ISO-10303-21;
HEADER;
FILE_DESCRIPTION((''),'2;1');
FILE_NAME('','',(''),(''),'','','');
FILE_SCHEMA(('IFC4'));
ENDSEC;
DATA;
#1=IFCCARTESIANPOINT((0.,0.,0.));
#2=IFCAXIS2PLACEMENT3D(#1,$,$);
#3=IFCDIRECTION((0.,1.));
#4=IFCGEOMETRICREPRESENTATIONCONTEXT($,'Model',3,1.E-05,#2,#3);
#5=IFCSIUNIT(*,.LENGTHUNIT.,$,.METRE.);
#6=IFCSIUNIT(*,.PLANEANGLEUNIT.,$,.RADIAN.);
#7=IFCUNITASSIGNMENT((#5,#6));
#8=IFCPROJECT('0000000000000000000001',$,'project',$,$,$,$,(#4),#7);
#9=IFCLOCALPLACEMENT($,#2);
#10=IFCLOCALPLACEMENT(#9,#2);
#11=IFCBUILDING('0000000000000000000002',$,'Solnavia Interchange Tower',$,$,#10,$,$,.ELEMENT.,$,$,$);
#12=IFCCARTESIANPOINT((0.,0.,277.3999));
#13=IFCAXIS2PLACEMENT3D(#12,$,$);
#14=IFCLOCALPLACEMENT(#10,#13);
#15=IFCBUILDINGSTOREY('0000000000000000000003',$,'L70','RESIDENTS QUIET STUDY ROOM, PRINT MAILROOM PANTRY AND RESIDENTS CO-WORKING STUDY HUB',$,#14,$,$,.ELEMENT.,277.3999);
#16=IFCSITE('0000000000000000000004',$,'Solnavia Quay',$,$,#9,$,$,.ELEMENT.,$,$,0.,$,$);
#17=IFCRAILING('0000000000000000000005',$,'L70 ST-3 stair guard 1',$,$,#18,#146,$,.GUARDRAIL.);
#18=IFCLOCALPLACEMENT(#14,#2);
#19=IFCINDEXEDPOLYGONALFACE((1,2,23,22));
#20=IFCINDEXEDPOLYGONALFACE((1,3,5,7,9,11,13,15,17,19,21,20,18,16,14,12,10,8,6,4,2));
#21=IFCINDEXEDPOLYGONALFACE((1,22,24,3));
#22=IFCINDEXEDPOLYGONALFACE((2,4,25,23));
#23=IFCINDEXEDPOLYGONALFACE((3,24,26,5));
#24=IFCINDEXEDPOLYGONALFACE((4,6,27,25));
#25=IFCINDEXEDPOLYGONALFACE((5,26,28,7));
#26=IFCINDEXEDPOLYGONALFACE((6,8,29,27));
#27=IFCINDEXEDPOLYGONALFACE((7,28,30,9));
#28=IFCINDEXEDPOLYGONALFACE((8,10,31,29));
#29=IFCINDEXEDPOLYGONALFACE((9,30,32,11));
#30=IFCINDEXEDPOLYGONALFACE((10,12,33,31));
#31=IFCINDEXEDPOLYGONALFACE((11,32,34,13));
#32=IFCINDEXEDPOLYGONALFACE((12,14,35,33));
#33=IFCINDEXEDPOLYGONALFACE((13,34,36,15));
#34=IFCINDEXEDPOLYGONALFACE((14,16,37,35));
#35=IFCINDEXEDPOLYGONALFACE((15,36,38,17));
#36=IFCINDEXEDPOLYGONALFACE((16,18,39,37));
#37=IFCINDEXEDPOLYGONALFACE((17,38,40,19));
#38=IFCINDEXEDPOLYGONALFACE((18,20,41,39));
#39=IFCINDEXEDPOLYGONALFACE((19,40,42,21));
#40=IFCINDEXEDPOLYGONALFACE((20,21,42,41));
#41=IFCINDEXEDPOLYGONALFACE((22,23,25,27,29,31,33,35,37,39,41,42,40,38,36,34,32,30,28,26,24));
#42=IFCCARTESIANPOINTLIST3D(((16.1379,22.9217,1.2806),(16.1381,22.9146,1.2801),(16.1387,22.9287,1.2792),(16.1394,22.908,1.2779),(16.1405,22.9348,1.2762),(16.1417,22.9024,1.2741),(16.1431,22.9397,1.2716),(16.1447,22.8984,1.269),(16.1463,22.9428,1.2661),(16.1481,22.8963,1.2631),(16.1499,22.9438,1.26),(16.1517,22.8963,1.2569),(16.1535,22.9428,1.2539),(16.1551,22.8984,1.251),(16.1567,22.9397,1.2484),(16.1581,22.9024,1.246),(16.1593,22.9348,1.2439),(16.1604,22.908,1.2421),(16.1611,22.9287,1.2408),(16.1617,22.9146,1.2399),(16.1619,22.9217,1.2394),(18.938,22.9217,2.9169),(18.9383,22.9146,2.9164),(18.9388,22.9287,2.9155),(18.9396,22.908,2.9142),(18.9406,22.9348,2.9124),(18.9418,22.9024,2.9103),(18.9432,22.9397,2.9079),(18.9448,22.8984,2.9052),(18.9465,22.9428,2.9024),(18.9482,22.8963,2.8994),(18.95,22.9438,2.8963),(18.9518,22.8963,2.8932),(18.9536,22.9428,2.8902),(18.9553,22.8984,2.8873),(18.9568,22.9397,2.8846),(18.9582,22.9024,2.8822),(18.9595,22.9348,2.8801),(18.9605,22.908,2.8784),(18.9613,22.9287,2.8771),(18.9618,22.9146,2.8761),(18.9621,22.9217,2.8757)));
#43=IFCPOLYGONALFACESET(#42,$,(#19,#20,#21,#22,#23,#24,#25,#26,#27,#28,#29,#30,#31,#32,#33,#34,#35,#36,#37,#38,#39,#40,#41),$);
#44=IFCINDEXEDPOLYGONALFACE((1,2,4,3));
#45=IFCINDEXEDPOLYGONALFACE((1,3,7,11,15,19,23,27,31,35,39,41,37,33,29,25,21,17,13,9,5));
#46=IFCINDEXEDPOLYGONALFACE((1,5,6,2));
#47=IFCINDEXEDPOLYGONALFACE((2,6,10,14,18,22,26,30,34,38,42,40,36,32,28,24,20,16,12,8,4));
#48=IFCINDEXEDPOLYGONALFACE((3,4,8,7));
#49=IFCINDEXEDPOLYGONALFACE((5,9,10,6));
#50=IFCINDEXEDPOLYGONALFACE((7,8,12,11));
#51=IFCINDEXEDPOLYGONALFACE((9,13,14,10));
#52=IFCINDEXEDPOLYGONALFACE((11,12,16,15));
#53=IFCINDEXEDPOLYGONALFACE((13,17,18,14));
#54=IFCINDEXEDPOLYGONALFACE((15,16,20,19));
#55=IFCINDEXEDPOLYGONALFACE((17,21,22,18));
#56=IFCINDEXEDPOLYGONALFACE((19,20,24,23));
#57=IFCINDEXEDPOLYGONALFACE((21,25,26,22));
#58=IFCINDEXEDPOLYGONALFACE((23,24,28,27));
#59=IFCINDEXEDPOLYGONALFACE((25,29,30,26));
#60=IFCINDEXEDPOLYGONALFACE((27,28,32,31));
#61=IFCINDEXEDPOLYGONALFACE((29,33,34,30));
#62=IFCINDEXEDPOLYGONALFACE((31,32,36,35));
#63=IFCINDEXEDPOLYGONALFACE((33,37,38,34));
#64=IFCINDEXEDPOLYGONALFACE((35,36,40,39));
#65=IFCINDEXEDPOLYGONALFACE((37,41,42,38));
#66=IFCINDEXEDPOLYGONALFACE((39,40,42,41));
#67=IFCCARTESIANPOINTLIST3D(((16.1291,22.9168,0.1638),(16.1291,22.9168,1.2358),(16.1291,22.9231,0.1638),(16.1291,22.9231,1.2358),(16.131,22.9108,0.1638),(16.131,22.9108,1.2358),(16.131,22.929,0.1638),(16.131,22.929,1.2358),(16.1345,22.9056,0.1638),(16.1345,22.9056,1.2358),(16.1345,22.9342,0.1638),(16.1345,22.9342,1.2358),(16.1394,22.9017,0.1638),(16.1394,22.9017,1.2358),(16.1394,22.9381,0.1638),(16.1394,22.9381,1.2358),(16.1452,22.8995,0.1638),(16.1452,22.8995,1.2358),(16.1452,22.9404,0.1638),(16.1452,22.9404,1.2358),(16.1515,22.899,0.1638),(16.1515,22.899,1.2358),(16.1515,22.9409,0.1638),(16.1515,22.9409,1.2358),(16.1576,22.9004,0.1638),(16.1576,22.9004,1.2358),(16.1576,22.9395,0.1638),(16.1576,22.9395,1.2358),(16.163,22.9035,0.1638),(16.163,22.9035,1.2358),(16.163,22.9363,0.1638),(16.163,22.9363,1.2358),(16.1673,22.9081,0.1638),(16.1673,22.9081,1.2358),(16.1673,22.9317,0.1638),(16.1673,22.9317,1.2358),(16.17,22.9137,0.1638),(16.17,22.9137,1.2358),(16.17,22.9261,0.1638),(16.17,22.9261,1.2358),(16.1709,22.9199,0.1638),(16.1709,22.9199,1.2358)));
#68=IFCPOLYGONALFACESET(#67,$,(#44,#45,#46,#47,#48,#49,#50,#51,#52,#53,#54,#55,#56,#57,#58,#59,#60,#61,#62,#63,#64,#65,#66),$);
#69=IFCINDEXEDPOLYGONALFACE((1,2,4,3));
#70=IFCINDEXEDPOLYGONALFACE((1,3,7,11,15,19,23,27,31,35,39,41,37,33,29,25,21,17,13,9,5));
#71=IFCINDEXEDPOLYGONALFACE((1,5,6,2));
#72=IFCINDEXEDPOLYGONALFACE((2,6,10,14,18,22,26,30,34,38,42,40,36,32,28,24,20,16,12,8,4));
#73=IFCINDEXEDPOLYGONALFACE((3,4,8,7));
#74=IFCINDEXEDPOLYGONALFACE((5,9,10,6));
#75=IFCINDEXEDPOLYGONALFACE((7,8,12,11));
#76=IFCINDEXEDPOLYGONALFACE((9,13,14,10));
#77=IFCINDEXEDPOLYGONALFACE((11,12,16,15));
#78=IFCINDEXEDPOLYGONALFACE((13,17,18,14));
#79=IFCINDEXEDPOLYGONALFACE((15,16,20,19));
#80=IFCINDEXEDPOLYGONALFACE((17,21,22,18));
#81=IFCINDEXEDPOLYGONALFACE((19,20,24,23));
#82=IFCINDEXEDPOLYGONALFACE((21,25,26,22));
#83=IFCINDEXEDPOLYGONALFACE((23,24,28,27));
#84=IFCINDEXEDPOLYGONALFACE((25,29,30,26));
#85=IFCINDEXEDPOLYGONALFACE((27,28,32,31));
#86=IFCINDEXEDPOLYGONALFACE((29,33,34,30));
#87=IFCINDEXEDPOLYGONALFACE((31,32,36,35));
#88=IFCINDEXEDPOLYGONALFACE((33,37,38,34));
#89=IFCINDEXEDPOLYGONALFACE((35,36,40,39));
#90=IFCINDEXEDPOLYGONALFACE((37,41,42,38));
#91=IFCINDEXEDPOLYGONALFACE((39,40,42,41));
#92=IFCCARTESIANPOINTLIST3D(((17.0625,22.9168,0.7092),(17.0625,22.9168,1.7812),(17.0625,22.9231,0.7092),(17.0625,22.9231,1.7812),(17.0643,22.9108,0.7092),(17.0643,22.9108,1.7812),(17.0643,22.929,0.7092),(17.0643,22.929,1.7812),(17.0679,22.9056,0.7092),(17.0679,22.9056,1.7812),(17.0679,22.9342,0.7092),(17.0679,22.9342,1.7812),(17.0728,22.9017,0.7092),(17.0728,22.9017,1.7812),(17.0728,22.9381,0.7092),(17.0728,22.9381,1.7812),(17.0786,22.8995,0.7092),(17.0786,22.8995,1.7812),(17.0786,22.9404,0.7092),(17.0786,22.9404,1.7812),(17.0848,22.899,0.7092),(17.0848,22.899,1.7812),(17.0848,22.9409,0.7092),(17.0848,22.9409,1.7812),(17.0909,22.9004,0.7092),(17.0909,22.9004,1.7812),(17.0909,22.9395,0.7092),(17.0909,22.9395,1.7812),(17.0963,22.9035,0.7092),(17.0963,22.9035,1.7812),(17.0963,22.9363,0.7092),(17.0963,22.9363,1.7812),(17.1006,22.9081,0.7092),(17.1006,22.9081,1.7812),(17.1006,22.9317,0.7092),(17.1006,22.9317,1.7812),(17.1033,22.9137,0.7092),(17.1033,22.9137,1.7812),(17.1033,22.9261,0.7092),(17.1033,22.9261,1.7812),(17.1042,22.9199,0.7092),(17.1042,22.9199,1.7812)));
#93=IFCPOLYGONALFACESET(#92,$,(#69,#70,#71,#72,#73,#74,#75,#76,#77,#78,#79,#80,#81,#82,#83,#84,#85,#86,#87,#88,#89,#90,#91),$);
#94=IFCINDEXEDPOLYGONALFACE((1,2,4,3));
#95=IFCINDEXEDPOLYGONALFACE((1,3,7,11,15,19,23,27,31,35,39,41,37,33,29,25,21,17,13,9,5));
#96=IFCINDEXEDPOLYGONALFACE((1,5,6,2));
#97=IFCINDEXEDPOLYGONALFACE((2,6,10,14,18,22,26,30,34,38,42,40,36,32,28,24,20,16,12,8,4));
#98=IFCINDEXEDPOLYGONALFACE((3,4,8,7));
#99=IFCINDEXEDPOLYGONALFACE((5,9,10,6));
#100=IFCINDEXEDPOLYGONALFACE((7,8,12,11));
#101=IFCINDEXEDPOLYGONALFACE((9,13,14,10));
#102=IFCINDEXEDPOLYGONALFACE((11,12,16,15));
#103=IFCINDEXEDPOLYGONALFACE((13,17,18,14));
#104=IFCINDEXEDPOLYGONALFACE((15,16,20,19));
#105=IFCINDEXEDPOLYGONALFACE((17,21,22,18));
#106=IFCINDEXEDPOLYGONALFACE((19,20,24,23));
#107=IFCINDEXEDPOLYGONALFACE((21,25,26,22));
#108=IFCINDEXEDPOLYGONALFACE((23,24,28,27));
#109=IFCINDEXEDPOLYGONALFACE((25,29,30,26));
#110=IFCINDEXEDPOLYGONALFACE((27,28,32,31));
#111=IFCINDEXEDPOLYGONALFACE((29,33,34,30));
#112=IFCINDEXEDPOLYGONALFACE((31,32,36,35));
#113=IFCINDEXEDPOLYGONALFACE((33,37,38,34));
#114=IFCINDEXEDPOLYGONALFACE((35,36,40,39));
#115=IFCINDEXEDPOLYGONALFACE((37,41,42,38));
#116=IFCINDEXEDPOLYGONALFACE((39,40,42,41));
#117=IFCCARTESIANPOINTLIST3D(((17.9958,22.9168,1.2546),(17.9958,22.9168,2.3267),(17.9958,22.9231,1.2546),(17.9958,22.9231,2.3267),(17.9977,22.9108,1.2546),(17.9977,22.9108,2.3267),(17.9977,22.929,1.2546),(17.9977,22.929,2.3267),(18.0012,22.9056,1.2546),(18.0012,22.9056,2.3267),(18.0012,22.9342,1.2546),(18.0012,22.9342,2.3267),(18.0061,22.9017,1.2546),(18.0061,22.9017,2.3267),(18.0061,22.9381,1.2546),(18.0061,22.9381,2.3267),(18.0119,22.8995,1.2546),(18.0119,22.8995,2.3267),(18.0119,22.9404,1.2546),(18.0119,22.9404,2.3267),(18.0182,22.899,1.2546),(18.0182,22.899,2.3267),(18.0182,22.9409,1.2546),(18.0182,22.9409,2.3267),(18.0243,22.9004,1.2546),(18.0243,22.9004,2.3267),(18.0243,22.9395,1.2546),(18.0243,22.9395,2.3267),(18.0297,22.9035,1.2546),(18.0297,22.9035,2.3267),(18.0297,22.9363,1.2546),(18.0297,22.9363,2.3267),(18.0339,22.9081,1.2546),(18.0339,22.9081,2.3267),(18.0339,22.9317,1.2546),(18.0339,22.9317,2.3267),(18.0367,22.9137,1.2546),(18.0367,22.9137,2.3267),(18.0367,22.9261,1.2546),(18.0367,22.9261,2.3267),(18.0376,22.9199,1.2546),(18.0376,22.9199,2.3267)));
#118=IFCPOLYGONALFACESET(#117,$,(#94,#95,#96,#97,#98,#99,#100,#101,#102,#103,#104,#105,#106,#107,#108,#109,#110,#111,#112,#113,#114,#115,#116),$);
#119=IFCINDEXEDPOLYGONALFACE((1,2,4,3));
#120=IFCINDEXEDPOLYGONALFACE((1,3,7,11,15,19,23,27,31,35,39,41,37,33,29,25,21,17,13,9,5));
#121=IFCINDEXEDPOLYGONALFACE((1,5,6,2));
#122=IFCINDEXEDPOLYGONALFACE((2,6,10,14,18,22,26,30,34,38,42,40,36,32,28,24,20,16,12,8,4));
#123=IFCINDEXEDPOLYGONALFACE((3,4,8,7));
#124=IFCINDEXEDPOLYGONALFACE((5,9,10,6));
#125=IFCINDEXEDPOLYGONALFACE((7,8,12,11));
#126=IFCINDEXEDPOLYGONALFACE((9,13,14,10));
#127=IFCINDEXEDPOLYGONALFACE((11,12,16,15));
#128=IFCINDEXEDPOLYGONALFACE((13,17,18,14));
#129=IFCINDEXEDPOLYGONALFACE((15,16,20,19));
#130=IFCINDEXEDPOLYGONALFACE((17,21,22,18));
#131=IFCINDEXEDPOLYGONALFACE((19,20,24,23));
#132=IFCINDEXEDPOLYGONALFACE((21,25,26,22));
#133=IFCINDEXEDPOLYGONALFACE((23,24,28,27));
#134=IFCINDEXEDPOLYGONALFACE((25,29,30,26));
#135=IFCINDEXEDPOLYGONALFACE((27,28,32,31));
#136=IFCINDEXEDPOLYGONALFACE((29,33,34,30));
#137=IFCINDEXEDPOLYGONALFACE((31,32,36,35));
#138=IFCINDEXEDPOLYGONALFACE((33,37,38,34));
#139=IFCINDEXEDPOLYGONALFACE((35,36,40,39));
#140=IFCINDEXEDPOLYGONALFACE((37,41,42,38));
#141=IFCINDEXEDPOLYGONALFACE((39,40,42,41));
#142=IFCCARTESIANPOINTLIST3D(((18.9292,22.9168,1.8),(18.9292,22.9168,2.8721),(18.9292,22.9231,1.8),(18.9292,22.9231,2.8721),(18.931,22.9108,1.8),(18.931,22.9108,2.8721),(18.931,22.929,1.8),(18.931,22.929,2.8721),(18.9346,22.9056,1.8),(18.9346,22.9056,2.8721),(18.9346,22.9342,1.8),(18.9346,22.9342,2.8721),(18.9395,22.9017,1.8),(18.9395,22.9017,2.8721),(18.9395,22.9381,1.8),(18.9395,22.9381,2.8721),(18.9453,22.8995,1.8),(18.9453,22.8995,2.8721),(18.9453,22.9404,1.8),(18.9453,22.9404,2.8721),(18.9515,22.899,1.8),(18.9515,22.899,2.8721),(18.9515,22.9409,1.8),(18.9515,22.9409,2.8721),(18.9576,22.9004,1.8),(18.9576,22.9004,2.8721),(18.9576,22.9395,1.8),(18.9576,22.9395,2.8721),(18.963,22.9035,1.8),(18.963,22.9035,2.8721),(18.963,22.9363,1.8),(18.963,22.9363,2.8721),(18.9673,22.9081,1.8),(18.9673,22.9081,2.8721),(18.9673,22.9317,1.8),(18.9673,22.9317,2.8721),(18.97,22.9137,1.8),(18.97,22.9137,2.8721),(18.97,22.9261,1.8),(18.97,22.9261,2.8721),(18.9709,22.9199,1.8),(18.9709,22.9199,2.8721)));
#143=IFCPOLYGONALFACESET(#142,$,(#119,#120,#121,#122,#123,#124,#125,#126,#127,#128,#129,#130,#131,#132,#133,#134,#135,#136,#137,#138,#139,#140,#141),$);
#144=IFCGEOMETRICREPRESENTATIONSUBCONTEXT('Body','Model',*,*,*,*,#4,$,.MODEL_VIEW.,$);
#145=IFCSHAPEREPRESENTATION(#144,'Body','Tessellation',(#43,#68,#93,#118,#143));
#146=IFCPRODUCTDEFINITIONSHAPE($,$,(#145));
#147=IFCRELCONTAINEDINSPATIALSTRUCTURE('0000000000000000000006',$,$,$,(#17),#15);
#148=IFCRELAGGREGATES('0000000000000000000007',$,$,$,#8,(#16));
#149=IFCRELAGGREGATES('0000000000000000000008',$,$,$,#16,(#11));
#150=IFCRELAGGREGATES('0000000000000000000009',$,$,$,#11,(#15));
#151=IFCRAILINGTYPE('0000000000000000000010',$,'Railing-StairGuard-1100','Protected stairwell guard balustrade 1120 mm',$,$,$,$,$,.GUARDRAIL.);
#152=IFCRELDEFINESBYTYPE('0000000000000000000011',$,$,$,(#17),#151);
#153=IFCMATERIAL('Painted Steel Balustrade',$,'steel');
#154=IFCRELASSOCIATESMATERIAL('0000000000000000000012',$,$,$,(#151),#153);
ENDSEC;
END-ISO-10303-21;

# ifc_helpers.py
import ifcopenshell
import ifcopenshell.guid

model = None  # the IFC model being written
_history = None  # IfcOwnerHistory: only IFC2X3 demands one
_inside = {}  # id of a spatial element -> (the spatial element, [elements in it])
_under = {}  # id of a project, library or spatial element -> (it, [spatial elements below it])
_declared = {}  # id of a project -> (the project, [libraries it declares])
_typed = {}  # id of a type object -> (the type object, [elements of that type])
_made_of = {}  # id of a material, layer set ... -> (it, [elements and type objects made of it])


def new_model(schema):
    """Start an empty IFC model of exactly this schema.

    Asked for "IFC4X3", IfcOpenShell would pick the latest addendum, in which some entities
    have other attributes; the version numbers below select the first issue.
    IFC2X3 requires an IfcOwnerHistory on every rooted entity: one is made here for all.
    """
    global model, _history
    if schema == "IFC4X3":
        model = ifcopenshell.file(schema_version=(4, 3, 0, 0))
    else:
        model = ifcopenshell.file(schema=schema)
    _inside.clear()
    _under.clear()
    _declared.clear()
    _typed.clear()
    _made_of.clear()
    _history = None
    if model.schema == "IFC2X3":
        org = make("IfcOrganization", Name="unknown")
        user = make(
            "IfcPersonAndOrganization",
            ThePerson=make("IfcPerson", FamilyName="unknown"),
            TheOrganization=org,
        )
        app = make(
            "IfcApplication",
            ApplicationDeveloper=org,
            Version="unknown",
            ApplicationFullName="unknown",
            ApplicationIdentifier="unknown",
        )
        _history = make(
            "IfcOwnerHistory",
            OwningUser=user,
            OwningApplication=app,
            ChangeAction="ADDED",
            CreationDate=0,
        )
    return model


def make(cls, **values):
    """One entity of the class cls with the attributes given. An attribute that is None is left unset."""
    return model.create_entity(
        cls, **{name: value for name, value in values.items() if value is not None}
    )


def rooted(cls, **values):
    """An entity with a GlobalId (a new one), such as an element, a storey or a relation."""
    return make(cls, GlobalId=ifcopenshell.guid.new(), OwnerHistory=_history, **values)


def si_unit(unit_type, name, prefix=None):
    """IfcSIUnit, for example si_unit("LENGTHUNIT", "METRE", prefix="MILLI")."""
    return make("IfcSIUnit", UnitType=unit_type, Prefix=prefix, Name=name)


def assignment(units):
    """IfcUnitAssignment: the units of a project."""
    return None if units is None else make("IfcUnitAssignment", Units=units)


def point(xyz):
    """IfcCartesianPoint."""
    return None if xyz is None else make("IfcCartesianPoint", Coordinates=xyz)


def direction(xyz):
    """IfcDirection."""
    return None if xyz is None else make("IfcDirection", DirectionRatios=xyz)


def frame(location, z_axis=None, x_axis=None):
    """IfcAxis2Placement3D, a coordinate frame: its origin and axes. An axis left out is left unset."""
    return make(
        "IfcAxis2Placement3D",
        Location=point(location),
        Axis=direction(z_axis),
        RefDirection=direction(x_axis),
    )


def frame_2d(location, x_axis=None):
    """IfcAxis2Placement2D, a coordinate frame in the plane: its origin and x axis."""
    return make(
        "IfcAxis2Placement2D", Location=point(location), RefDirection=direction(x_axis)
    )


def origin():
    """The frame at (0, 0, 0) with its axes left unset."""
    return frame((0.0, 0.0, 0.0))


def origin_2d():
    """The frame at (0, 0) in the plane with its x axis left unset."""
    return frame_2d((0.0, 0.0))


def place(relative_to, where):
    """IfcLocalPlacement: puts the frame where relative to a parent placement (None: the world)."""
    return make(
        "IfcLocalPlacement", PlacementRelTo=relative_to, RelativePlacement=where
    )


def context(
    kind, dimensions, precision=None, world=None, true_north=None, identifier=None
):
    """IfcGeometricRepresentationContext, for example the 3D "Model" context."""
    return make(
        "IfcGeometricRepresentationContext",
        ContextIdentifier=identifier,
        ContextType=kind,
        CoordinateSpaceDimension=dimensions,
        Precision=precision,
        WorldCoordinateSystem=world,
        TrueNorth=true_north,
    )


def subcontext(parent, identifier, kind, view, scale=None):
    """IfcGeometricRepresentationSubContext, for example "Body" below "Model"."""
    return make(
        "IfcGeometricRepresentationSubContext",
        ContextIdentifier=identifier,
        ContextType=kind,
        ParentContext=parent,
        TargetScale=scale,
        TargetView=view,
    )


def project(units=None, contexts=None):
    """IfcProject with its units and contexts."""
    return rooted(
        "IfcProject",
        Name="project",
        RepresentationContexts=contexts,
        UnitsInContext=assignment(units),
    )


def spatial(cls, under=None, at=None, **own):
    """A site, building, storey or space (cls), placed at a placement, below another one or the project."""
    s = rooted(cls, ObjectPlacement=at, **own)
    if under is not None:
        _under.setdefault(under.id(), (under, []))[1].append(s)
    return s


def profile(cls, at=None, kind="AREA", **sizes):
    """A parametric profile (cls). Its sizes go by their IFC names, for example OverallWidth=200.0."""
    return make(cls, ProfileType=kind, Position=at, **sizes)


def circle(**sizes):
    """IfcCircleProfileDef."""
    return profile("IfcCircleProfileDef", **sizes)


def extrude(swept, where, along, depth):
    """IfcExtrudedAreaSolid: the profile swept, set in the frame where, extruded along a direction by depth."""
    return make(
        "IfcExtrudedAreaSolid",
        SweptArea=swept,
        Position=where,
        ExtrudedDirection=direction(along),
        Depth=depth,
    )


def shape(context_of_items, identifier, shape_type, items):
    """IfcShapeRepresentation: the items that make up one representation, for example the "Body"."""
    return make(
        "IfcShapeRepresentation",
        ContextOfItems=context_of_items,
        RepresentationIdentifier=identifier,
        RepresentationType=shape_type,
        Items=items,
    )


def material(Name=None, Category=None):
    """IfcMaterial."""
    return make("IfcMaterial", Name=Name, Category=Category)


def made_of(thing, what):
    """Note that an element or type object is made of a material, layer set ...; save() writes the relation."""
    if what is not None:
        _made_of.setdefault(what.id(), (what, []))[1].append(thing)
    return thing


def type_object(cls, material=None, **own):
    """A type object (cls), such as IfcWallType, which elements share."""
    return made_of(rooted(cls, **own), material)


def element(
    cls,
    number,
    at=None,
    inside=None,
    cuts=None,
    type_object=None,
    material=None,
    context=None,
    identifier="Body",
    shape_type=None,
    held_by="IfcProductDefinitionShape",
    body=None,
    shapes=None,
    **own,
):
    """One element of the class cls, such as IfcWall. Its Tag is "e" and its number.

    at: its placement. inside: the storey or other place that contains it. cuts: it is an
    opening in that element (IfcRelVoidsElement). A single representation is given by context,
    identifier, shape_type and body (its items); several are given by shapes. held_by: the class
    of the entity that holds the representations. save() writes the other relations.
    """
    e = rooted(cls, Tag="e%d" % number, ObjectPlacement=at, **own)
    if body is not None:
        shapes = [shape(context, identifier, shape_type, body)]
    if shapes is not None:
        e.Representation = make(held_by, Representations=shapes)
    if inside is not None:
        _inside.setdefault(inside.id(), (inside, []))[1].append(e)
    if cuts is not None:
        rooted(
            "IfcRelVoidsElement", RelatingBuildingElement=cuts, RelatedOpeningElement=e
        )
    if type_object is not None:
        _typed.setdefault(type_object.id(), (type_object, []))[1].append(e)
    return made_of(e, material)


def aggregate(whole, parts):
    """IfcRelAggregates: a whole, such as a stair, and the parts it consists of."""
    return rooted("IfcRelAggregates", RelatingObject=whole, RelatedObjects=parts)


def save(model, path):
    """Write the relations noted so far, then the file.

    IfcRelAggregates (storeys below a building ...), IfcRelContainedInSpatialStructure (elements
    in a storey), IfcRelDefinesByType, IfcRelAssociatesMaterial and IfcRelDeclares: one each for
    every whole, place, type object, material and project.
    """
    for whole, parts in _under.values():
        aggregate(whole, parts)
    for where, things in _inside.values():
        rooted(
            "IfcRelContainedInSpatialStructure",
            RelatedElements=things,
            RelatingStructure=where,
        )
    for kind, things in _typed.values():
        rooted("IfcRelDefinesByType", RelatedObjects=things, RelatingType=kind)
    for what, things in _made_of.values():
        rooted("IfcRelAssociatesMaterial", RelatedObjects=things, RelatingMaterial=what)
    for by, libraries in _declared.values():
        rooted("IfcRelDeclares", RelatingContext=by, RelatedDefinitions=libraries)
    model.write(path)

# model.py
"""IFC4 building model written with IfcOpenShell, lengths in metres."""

from ifc_helpers import new_model, si_unit, direction, frame, origin, origin_2d, place, context, subcontext, project, spatial, circle, extrude, material, type_object, element, save


model = new_model("IFC4")

# Units and contexts
model_context = context("Model", 3, precision=1e-05, world=origin(), true_north=direction((0.0, 1.0)))
body_context = subcontext(model_context, "Body", "Model", "MODEL_VIEW")
ifc_project = project(units=[si_unit("LENGTHUNIT", "METRE"), si_unit("PLANEANGLEUNIT", "RADIAN")], contexts=[model_context])

# Site, building, storey
site_placement = place(None, origin())
site = spatial("IfcSite", under=ifc_project, at=site_placement, Name="Solnavia Quay", CompositionType="ELEMENT", RefElevation=0.0)
building_placement = place(site_placement, origin())
building = spatial("IfcBuilding", under=site, at=building_placement, Name="Solnavia Interchange Tower", CompositionType="ELEMENT")
storey_placement = place(building_placement, frame((0.0, 0.0, 277.3999)))
storey = spatial("IfcBuildingStorey", under=building, at=storey_placement, Name="L70", Description="RESIDENTS QUIET STUDY ROOM, PRINT MAILROOM PANTRY AND RESIDENTS CO-WORKING STUDY HUB", CompositionType="ELEMENT", Elevation=277.3999)

# Railing
ifc_material_1 = material(Name="Painted Steel Balustrade", Category="steel")
railing_type_1 = type_object("IfcRailingType", Name="Railing-StairGuard-1100", Description="Protected stairwell guard balustrade 1120 mm", PredefinedType="GUARDRAIL", material=ifc_material_1)
railing_1_placement = place(storey_placement, frame((16.1499, 22.9199, 0.1638)))
element("IfcRailing", 1, at=railing_1_placement, inside=storey, type_object=railing_type_1, Name="L70 ST-3 stair guard 1", PredefinedType="GUARDRAIL", context=body_context, shape_type="SweptSolid", body=[
    extrude(circle(Radius=0.0239, at=origin_2d()), frame((0.0, 0.0, 1.0962), z_axis=(0.863394, 0.0, 0.504531), x_axis=(0.0, 1.0, 0.0)), (0.0, 0.0, 1.0), 3.2432),
    extrude(circle(Radius=0.021, at=origin_2d()), origin(), (0.0, 0.0, 1.0), 1.072),
    extrude(circle(Radius=0.021, at=origin_2d()), frame((0.9333, 0.0, 0.5454)), (0.0, 0.0, 1.0), 1.072),
    extrude(circle(Radius=0.021, at=origin_2d()), frame((1.8667, 0.0, 1.0908)), (0.0, 0.0, 1.0), 1.072),
    extrude(circle(Radius=0.021, at=origin_2d()), frame((2.8, 0.0, 1.6362)), (0.0, 0.0, 1.0), 1.072),
])

save(model, "model.ifc")
